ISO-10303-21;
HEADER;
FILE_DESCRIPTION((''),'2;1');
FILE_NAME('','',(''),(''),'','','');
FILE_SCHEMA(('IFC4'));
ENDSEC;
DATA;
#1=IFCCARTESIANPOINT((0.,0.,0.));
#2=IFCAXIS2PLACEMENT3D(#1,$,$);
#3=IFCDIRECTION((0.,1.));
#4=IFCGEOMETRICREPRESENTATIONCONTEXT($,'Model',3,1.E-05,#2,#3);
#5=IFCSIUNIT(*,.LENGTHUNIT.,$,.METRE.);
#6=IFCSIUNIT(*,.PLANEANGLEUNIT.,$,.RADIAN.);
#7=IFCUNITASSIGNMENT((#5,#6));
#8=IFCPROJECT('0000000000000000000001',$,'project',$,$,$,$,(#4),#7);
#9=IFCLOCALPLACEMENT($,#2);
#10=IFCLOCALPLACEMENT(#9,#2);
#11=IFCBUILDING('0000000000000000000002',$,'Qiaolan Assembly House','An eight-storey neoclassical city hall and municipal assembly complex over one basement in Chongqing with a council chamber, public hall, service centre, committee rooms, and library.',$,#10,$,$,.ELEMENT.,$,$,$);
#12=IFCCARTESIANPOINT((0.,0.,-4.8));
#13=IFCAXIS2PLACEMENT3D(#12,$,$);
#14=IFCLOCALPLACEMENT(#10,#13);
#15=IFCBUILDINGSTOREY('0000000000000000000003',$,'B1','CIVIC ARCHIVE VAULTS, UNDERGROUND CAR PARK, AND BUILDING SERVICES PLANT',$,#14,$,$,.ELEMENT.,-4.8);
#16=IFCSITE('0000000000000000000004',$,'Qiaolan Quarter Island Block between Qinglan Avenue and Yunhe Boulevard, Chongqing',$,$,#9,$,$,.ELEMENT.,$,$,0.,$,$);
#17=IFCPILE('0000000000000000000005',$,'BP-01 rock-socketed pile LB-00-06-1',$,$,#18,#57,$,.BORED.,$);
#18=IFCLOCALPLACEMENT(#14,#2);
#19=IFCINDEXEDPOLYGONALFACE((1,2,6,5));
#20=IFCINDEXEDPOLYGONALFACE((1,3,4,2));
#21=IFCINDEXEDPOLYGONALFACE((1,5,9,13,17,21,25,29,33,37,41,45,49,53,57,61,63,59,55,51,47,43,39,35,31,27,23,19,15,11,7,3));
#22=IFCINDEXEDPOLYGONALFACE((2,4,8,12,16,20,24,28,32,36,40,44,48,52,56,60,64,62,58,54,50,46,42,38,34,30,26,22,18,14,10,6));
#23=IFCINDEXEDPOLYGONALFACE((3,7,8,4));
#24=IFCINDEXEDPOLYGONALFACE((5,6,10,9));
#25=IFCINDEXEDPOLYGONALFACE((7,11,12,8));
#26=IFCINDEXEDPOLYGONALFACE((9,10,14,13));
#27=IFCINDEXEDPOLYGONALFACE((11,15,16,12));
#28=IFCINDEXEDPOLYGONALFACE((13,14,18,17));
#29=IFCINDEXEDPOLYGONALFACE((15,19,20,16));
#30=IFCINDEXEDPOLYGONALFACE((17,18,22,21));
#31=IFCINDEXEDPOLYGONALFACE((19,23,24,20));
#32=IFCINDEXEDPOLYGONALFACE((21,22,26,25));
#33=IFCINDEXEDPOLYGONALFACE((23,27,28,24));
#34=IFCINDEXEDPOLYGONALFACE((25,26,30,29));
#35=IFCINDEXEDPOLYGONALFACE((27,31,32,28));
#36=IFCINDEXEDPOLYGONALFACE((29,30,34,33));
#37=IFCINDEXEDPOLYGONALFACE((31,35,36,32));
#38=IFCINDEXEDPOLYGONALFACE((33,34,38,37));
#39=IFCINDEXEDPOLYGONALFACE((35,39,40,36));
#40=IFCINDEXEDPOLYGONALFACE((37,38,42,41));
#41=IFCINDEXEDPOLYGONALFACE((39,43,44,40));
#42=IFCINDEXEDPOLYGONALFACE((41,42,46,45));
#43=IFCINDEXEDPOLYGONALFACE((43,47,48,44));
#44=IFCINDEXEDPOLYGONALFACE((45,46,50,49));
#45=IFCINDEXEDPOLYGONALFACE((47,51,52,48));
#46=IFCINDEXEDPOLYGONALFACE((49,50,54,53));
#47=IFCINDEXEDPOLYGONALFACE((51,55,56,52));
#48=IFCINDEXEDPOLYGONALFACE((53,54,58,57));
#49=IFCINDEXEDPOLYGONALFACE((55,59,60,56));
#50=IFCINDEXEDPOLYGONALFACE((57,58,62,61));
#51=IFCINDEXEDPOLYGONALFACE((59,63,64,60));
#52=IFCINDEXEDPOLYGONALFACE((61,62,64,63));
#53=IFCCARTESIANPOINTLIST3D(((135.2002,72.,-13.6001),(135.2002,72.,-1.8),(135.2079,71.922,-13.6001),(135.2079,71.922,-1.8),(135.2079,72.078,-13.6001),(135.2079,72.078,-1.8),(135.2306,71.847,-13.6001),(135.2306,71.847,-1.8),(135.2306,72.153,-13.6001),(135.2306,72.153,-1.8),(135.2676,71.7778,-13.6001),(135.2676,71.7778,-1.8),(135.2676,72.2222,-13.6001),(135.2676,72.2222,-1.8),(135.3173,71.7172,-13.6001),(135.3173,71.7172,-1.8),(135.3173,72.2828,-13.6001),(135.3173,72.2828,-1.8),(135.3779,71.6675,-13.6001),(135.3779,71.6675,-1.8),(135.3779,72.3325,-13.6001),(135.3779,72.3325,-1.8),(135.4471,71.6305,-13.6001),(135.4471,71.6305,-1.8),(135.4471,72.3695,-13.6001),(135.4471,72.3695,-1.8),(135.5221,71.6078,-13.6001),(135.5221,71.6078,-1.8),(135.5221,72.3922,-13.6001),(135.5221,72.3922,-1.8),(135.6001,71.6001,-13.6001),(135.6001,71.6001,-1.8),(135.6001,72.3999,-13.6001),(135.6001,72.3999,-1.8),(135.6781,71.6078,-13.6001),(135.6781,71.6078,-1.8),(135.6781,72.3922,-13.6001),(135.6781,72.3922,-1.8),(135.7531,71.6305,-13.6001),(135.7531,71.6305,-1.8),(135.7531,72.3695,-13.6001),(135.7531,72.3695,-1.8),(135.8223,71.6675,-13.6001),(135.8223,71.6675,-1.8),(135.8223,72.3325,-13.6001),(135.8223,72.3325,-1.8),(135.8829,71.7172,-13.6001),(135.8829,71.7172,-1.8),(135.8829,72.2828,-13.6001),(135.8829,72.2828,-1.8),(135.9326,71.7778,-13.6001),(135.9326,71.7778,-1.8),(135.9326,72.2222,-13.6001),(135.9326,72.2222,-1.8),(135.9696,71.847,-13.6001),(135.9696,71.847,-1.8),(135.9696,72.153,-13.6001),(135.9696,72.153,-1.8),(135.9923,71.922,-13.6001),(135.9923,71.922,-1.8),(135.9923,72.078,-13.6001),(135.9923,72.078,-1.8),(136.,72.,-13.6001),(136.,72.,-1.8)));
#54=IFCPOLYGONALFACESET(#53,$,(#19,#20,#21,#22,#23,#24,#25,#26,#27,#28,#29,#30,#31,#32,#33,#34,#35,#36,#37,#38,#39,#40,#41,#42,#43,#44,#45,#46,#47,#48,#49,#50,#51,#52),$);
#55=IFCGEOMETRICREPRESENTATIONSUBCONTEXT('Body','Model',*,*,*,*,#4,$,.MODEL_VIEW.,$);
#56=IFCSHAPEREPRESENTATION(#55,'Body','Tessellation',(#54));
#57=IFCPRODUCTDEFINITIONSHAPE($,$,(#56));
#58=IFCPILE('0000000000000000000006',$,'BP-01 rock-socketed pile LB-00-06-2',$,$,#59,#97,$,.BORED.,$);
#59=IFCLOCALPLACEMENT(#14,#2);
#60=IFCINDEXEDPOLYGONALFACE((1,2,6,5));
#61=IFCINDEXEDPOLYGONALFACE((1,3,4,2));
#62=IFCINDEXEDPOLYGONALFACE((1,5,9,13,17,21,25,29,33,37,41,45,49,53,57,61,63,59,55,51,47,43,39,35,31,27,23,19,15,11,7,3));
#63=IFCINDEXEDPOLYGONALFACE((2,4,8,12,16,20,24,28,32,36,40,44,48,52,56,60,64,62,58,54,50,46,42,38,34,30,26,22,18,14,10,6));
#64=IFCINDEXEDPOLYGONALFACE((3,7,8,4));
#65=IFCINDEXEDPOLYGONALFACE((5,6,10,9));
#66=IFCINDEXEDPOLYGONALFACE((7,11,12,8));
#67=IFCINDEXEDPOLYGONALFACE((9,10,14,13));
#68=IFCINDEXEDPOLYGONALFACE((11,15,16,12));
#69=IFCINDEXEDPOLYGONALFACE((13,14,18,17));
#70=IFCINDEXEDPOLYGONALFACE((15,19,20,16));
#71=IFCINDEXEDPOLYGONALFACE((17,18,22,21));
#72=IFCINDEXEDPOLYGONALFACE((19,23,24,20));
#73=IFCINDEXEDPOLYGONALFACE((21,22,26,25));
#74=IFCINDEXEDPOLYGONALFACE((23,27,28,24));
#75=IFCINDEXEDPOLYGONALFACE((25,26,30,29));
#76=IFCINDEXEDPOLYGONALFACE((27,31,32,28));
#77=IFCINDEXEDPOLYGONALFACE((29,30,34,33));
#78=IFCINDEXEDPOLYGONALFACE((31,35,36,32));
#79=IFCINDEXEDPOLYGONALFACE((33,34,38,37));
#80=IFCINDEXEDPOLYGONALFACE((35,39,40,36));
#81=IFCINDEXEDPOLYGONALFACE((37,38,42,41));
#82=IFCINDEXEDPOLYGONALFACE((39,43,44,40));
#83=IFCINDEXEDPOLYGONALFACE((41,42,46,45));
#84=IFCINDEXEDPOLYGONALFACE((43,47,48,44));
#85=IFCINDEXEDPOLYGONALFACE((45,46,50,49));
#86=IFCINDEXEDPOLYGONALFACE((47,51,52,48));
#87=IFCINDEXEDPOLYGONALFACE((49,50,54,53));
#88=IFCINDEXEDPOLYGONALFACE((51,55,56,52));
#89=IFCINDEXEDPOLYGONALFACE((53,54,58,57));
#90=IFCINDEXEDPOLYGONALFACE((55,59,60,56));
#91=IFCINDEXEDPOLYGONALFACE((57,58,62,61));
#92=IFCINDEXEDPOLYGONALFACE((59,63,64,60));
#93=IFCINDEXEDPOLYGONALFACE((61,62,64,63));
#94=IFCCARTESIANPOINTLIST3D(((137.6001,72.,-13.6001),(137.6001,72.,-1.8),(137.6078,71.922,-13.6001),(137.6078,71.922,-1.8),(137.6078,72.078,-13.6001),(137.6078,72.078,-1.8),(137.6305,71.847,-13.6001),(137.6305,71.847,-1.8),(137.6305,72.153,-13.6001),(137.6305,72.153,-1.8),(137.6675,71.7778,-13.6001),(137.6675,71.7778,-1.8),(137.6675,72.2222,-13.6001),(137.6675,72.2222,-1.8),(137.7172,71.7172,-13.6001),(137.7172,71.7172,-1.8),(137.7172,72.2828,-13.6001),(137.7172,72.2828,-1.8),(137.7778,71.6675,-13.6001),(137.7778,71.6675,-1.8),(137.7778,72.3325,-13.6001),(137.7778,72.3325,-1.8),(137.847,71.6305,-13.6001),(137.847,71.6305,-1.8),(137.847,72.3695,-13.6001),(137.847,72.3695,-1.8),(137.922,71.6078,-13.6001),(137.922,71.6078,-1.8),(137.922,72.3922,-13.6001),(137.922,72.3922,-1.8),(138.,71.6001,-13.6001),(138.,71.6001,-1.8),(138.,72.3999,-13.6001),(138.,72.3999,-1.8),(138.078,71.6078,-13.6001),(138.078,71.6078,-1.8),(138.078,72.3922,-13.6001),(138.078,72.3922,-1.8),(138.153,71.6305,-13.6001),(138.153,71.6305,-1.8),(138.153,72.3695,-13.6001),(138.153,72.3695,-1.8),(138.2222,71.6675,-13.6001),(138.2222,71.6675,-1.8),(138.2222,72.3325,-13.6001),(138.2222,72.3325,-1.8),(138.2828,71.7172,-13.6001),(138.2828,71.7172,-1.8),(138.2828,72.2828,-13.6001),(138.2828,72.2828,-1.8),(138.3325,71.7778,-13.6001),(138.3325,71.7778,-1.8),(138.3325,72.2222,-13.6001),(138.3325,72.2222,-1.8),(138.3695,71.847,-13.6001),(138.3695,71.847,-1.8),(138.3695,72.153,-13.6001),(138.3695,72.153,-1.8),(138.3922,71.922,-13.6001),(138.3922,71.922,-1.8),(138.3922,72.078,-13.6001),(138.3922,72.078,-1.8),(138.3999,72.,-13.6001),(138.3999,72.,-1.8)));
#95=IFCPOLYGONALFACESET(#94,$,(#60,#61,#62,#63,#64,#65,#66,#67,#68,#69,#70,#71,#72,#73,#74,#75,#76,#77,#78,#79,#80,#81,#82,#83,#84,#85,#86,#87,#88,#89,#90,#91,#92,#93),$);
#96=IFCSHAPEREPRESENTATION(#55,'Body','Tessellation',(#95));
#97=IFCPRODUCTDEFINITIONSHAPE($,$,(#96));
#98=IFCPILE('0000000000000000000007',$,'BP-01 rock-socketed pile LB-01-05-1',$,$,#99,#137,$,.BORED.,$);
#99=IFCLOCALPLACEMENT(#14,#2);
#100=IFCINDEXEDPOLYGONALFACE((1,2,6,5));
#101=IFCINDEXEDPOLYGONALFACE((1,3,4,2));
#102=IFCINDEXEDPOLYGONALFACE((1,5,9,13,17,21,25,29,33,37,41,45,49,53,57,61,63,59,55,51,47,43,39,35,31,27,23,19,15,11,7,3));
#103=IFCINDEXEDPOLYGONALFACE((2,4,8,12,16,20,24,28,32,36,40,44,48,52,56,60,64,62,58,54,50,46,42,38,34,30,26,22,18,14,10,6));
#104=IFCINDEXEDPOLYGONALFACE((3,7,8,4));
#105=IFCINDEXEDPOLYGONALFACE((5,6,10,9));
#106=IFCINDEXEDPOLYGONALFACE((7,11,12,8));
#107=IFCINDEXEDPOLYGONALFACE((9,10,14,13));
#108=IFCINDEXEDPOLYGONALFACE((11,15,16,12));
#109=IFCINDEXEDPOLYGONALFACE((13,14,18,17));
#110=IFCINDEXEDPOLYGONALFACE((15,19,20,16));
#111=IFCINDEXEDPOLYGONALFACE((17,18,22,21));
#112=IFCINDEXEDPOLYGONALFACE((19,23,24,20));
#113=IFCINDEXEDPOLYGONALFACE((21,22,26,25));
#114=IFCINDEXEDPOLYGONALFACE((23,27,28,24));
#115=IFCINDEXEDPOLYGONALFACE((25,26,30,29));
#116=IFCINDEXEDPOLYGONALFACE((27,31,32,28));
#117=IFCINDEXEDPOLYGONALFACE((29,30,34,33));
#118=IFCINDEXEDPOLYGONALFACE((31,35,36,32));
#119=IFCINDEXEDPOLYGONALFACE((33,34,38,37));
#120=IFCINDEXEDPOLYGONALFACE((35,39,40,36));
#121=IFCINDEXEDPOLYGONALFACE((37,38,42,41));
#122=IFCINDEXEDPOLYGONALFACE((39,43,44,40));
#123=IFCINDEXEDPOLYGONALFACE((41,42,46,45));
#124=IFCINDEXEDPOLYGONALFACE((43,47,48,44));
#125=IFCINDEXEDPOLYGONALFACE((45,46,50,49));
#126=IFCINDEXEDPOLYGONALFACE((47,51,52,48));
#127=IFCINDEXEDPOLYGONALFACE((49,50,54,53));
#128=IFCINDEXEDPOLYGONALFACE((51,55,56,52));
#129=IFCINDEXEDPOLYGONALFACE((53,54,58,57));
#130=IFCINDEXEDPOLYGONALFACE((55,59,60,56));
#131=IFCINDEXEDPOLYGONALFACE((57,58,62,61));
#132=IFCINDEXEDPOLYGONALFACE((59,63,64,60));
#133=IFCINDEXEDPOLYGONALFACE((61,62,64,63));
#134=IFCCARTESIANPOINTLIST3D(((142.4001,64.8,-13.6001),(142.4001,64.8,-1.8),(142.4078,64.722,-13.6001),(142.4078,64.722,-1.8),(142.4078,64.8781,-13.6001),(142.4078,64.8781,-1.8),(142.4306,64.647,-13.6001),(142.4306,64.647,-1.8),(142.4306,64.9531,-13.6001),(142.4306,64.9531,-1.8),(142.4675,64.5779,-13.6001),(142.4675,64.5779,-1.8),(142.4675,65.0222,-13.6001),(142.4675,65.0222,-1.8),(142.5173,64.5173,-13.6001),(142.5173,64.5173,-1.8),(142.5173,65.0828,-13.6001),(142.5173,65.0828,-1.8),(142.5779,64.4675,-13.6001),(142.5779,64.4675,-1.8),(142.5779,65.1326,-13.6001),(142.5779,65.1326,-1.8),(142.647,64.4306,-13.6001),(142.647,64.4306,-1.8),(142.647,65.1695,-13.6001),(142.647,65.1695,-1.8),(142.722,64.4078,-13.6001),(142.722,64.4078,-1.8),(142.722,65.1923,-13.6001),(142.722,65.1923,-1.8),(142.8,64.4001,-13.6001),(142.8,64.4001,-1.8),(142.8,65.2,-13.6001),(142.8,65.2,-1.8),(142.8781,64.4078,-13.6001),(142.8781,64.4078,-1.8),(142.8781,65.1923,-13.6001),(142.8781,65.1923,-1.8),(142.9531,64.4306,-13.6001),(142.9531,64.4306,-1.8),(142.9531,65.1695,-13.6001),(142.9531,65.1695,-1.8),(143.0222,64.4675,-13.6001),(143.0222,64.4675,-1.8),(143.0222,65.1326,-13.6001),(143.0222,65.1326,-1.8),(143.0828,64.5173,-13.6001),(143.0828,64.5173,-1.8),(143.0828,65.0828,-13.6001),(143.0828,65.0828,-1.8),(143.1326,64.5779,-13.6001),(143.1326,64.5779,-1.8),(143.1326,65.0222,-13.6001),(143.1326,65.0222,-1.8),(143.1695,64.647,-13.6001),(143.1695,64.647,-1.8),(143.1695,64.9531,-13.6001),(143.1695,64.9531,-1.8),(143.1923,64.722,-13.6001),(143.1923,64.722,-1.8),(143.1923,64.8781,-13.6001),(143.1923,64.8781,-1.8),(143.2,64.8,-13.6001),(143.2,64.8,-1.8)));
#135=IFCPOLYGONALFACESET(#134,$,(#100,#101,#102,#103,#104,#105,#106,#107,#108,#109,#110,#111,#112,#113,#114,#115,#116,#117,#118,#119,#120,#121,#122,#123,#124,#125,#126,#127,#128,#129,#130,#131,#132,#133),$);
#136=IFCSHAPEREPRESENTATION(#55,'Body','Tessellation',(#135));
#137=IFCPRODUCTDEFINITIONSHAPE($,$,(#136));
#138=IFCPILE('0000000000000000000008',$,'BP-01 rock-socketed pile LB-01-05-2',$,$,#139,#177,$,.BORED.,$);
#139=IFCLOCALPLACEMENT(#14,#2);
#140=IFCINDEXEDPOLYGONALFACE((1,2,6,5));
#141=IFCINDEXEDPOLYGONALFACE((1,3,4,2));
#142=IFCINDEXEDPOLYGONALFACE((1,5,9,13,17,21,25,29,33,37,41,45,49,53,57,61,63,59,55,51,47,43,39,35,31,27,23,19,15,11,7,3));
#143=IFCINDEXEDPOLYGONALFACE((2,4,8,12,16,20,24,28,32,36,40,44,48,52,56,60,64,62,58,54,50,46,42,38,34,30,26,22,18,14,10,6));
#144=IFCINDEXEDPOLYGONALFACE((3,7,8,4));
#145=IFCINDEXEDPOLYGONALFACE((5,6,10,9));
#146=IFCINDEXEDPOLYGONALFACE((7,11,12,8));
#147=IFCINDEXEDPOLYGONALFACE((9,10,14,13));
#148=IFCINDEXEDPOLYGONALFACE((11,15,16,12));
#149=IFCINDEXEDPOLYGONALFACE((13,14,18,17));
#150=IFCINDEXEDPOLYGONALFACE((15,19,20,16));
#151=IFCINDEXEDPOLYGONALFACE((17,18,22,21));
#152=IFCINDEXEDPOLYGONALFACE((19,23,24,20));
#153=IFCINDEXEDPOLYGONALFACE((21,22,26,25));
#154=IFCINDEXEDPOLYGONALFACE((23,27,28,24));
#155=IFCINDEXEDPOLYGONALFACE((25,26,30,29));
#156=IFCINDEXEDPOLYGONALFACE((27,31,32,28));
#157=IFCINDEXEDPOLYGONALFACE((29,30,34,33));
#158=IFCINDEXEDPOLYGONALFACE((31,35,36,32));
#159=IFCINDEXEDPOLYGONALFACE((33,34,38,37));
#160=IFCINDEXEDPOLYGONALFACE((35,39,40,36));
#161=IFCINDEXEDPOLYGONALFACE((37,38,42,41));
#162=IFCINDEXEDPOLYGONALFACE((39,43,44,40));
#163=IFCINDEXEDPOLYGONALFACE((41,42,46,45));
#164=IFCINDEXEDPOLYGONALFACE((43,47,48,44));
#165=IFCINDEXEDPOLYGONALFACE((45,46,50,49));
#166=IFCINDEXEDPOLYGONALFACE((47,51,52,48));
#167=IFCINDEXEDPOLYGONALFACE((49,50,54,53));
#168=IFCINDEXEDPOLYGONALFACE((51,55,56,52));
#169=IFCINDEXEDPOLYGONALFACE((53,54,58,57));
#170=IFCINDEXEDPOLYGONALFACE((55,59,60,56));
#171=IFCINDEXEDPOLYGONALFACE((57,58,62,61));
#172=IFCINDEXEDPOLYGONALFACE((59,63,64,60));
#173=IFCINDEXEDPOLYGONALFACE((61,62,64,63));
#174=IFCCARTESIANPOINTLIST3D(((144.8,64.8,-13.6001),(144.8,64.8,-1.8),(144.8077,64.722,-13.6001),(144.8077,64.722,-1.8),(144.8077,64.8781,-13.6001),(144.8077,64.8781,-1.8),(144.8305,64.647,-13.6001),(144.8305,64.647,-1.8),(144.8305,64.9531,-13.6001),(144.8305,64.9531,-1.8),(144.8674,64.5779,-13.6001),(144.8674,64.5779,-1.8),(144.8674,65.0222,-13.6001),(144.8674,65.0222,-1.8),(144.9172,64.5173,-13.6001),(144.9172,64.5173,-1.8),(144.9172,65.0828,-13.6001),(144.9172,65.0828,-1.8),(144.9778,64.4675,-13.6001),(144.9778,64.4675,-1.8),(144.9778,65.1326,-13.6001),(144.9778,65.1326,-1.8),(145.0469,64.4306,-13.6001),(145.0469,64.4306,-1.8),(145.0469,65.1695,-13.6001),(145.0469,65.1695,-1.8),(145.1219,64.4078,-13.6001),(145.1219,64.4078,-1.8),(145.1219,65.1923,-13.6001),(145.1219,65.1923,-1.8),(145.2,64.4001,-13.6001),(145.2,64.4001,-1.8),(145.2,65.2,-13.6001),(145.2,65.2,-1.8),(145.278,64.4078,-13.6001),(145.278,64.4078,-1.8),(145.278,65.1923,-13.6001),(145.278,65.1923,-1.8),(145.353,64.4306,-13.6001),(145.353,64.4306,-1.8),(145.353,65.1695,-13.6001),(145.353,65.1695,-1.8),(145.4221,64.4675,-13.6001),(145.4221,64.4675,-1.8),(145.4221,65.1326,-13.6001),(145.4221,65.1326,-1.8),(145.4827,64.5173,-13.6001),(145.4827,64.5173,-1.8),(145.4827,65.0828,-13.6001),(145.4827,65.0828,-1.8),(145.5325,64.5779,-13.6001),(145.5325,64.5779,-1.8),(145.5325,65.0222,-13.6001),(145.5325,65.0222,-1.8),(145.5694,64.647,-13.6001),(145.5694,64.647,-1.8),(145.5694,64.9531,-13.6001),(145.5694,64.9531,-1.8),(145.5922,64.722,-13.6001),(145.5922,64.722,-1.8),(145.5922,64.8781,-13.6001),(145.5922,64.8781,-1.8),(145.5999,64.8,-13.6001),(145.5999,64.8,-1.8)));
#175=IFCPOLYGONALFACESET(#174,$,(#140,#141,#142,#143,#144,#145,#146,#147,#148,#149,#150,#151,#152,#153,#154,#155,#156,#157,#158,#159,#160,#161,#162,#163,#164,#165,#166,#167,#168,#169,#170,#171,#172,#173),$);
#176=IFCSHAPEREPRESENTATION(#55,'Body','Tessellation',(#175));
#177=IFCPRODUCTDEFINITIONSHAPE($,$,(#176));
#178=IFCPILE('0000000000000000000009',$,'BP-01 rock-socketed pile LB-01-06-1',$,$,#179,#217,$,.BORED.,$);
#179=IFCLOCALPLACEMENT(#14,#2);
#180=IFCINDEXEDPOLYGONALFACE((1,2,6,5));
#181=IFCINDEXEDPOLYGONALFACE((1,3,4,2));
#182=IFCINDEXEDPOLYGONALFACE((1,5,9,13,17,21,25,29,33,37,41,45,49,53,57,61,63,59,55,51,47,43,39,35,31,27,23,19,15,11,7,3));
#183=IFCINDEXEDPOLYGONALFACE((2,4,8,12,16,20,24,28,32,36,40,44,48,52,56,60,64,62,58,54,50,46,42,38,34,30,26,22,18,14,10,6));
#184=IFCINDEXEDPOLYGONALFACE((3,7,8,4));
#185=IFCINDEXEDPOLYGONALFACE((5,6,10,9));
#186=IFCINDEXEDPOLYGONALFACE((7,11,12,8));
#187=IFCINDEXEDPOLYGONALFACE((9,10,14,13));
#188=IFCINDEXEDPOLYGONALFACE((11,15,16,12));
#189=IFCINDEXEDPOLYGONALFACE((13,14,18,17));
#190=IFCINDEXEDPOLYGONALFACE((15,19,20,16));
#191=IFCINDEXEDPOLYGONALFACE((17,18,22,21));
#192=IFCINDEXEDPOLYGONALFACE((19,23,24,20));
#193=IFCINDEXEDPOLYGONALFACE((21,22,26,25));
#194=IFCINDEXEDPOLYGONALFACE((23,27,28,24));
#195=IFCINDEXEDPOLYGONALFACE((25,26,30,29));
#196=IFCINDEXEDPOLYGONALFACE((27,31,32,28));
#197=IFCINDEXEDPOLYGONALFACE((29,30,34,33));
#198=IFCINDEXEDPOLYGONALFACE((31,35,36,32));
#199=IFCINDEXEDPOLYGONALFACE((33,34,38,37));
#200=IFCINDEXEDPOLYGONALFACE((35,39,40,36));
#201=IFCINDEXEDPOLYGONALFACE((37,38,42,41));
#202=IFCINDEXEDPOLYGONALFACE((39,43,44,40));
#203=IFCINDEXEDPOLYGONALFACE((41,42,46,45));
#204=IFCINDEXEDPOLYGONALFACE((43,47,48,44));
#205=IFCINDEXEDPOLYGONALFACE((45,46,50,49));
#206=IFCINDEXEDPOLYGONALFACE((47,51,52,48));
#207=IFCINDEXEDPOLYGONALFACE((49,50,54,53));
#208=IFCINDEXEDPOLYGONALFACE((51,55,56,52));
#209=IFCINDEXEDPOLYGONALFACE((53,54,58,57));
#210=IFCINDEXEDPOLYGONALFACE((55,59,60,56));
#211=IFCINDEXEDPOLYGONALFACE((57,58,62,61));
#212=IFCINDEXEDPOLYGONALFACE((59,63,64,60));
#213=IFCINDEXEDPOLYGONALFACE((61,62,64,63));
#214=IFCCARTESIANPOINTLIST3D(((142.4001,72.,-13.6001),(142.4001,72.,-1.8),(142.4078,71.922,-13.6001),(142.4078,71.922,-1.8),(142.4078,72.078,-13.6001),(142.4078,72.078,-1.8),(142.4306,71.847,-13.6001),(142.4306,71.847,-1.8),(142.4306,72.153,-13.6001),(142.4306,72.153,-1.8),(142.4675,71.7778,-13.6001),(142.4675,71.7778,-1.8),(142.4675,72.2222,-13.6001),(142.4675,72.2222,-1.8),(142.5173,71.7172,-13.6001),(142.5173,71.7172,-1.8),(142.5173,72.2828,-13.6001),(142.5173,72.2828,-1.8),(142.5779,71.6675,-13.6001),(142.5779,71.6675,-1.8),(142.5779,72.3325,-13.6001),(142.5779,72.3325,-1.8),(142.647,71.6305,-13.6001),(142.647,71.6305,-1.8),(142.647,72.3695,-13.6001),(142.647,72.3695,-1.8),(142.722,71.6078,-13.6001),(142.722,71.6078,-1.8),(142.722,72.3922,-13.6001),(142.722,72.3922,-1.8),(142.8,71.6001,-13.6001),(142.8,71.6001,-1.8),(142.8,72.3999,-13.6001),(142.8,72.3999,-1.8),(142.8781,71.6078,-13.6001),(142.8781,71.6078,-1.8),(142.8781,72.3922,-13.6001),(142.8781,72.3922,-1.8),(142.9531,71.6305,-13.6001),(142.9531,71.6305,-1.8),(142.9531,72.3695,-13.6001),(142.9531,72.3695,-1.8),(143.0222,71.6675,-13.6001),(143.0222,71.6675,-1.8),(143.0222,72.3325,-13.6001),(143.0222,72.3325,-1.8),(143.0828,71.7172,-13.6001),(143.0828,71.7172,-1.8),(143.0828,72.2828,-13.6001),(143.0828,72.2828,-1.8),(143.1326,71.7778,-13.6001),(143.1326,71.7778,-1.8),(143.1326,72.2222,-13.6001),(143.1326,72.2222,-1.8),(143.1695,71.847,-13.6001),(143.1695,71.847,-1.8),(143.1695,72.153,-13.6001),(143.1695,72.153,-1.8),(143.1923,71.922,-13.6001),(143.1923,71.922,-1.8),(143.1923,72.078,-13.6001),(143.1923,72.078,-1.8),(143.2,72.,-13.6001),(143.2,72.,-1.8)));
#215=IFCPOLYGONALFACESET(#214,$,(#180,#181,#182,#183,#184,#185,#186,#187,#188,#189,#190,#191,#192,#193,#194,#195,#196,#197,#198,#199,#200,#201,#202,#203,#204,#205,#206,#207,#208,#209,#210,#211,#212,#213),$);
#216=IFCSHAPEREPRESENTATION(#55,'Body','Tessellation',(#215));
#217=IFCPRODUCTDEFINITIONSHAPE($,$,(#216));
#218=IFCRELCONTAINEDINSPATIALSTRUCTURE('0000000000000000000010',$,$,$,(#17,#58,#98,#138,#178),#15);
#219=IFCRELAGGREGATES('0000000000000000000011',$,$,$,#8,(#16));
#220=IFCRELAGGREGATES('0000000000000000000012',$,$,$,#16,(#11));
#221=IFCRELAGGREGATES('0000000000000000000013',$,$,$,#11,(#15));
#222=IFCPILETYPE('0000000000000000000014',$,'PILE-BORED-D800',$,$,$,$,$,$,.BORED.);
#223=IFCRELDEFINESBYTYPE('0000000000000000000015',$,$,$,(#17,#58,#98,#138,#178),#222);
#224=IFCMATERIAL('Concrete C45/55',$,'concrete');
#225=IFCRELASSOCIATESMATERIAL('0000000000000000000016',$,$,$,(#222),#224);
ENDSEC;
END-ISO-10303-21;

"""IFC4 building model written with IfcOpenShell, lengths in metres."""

from ifc_helpers import new_model, si_unit, direction, frame, origin, origin_2d, place, context, subcontext, project, spatial, circle, extrude, material, material_profile, profile_set, type_object, element, save


model = new_model("IFC4")

# Units and contexts
model_context = context("Model", 3, precision=1e-05, world=origin(), true_north=direction((0.0, 1.0)))
body_context = subcontext(model_context, "Body", "Model", "MODEL_VIEW")
ifc_project = project(units=[si_unit("LENGTHUNIT", "METRE"), si_unit("PLANEANGLEUNIT", "RADIAN")], contexts=[model_context])

# Site, building, storey
site_placement = place(None, origin())
site = spatial("IfcSite", under=ifc_project, at=site_placement, Name="Qiaolan Quarter Island Block between Qinglan Avenue and Yunhe Boulevard, Chongqing", CompositionType="ELEMENT", RefElevation=0.0)
building_placement = place(site_placement, origin())
building = spatial("IfcBuilding", under=site, at=building_placement, Name="Qiaolan Assembly House", Description="An eight-storey neoclassical city hall and municipal assembly complex over one basement in Chongqing with a council chamber, public hall, service centre, committee rooms, and library.", CompositionType="ELEMENT")
storey_placement = place(building_placement, frame((0.0, 0.0, -4.8)))
storey = spatial("IfcBuildingStorey", under=building, at=storey_placement, Name="B1", Description="CIVIC ARCHIVE VAULTS, UNDERGROUND CAR PARK, AND BUILDING SERVICES PLANT", CompositionType="ELEMENT", Elevation=-4.8)

# Piles
ifc_material_1 = material(Name="Concrete C45/55", Category="concrete")
ifc_material_profile_1 = material_profile(ifc_material_1, circle(Radius=0.3999, at=origin_2d()), Name="PILE D800")
ifc_profile_set_1 = profile_set([ifc_material_profile_1], Name="Concrete C45/55")
pile_type = type_object("IfcPileType", Name="PILE-BORED-D800", PredefinedType="BORED", material=ifc_profile_set_1)
for number, where, z_axis, x_axis, name in (
    (1, (135.6001, 72.0, -1.8), (0.0, 0.0, -1.0), (1.0, 0.0, 0.0), "BP-01 rock-socketed pile LB-00-06-1"),
    (2, (138.0, 72.0, -1.8), (0.0, 0.0, -1.0), (1.0, 0.0, 0.0), "BP-01 rock-socketed pile LB-00-06-2"),
    (3, (142.8, 64.8, -1.8), (0.0, 0.0, -1.0), (1.0, 0.0, 0.0), "BP-01 rock-socketed pile LB-01-05-1"),
    (4, (145.2, 64.8, -1.8), (0.0, 0.0, -1.0), (1.0, 0.0, 0.0), "BP-01 rock-socketed pile LB-01-05-2"),
    (5, (142.8, 72.0, -1.8), (0.0, 0.0, -1.0), (1.0, 0.0, 0.0), "BP-01 rock-socketed pile LB-01-06-1"),
):
    element("IfcPile", number, at=place(storey_placement, frame(where, z_axis=z_axis, x_axis=x_axis)), inside=storey, type_object=pile_type, Name=name, PredefinedType="BORED", context=body_context, shape_type="SweptSolid", body=[
        extrude(circle(Radius=0.3999, at=origin_2d()), origin(), (0.0, 0.0, 1.0), 11.8),
    ])

save(model, "model.ifc")
